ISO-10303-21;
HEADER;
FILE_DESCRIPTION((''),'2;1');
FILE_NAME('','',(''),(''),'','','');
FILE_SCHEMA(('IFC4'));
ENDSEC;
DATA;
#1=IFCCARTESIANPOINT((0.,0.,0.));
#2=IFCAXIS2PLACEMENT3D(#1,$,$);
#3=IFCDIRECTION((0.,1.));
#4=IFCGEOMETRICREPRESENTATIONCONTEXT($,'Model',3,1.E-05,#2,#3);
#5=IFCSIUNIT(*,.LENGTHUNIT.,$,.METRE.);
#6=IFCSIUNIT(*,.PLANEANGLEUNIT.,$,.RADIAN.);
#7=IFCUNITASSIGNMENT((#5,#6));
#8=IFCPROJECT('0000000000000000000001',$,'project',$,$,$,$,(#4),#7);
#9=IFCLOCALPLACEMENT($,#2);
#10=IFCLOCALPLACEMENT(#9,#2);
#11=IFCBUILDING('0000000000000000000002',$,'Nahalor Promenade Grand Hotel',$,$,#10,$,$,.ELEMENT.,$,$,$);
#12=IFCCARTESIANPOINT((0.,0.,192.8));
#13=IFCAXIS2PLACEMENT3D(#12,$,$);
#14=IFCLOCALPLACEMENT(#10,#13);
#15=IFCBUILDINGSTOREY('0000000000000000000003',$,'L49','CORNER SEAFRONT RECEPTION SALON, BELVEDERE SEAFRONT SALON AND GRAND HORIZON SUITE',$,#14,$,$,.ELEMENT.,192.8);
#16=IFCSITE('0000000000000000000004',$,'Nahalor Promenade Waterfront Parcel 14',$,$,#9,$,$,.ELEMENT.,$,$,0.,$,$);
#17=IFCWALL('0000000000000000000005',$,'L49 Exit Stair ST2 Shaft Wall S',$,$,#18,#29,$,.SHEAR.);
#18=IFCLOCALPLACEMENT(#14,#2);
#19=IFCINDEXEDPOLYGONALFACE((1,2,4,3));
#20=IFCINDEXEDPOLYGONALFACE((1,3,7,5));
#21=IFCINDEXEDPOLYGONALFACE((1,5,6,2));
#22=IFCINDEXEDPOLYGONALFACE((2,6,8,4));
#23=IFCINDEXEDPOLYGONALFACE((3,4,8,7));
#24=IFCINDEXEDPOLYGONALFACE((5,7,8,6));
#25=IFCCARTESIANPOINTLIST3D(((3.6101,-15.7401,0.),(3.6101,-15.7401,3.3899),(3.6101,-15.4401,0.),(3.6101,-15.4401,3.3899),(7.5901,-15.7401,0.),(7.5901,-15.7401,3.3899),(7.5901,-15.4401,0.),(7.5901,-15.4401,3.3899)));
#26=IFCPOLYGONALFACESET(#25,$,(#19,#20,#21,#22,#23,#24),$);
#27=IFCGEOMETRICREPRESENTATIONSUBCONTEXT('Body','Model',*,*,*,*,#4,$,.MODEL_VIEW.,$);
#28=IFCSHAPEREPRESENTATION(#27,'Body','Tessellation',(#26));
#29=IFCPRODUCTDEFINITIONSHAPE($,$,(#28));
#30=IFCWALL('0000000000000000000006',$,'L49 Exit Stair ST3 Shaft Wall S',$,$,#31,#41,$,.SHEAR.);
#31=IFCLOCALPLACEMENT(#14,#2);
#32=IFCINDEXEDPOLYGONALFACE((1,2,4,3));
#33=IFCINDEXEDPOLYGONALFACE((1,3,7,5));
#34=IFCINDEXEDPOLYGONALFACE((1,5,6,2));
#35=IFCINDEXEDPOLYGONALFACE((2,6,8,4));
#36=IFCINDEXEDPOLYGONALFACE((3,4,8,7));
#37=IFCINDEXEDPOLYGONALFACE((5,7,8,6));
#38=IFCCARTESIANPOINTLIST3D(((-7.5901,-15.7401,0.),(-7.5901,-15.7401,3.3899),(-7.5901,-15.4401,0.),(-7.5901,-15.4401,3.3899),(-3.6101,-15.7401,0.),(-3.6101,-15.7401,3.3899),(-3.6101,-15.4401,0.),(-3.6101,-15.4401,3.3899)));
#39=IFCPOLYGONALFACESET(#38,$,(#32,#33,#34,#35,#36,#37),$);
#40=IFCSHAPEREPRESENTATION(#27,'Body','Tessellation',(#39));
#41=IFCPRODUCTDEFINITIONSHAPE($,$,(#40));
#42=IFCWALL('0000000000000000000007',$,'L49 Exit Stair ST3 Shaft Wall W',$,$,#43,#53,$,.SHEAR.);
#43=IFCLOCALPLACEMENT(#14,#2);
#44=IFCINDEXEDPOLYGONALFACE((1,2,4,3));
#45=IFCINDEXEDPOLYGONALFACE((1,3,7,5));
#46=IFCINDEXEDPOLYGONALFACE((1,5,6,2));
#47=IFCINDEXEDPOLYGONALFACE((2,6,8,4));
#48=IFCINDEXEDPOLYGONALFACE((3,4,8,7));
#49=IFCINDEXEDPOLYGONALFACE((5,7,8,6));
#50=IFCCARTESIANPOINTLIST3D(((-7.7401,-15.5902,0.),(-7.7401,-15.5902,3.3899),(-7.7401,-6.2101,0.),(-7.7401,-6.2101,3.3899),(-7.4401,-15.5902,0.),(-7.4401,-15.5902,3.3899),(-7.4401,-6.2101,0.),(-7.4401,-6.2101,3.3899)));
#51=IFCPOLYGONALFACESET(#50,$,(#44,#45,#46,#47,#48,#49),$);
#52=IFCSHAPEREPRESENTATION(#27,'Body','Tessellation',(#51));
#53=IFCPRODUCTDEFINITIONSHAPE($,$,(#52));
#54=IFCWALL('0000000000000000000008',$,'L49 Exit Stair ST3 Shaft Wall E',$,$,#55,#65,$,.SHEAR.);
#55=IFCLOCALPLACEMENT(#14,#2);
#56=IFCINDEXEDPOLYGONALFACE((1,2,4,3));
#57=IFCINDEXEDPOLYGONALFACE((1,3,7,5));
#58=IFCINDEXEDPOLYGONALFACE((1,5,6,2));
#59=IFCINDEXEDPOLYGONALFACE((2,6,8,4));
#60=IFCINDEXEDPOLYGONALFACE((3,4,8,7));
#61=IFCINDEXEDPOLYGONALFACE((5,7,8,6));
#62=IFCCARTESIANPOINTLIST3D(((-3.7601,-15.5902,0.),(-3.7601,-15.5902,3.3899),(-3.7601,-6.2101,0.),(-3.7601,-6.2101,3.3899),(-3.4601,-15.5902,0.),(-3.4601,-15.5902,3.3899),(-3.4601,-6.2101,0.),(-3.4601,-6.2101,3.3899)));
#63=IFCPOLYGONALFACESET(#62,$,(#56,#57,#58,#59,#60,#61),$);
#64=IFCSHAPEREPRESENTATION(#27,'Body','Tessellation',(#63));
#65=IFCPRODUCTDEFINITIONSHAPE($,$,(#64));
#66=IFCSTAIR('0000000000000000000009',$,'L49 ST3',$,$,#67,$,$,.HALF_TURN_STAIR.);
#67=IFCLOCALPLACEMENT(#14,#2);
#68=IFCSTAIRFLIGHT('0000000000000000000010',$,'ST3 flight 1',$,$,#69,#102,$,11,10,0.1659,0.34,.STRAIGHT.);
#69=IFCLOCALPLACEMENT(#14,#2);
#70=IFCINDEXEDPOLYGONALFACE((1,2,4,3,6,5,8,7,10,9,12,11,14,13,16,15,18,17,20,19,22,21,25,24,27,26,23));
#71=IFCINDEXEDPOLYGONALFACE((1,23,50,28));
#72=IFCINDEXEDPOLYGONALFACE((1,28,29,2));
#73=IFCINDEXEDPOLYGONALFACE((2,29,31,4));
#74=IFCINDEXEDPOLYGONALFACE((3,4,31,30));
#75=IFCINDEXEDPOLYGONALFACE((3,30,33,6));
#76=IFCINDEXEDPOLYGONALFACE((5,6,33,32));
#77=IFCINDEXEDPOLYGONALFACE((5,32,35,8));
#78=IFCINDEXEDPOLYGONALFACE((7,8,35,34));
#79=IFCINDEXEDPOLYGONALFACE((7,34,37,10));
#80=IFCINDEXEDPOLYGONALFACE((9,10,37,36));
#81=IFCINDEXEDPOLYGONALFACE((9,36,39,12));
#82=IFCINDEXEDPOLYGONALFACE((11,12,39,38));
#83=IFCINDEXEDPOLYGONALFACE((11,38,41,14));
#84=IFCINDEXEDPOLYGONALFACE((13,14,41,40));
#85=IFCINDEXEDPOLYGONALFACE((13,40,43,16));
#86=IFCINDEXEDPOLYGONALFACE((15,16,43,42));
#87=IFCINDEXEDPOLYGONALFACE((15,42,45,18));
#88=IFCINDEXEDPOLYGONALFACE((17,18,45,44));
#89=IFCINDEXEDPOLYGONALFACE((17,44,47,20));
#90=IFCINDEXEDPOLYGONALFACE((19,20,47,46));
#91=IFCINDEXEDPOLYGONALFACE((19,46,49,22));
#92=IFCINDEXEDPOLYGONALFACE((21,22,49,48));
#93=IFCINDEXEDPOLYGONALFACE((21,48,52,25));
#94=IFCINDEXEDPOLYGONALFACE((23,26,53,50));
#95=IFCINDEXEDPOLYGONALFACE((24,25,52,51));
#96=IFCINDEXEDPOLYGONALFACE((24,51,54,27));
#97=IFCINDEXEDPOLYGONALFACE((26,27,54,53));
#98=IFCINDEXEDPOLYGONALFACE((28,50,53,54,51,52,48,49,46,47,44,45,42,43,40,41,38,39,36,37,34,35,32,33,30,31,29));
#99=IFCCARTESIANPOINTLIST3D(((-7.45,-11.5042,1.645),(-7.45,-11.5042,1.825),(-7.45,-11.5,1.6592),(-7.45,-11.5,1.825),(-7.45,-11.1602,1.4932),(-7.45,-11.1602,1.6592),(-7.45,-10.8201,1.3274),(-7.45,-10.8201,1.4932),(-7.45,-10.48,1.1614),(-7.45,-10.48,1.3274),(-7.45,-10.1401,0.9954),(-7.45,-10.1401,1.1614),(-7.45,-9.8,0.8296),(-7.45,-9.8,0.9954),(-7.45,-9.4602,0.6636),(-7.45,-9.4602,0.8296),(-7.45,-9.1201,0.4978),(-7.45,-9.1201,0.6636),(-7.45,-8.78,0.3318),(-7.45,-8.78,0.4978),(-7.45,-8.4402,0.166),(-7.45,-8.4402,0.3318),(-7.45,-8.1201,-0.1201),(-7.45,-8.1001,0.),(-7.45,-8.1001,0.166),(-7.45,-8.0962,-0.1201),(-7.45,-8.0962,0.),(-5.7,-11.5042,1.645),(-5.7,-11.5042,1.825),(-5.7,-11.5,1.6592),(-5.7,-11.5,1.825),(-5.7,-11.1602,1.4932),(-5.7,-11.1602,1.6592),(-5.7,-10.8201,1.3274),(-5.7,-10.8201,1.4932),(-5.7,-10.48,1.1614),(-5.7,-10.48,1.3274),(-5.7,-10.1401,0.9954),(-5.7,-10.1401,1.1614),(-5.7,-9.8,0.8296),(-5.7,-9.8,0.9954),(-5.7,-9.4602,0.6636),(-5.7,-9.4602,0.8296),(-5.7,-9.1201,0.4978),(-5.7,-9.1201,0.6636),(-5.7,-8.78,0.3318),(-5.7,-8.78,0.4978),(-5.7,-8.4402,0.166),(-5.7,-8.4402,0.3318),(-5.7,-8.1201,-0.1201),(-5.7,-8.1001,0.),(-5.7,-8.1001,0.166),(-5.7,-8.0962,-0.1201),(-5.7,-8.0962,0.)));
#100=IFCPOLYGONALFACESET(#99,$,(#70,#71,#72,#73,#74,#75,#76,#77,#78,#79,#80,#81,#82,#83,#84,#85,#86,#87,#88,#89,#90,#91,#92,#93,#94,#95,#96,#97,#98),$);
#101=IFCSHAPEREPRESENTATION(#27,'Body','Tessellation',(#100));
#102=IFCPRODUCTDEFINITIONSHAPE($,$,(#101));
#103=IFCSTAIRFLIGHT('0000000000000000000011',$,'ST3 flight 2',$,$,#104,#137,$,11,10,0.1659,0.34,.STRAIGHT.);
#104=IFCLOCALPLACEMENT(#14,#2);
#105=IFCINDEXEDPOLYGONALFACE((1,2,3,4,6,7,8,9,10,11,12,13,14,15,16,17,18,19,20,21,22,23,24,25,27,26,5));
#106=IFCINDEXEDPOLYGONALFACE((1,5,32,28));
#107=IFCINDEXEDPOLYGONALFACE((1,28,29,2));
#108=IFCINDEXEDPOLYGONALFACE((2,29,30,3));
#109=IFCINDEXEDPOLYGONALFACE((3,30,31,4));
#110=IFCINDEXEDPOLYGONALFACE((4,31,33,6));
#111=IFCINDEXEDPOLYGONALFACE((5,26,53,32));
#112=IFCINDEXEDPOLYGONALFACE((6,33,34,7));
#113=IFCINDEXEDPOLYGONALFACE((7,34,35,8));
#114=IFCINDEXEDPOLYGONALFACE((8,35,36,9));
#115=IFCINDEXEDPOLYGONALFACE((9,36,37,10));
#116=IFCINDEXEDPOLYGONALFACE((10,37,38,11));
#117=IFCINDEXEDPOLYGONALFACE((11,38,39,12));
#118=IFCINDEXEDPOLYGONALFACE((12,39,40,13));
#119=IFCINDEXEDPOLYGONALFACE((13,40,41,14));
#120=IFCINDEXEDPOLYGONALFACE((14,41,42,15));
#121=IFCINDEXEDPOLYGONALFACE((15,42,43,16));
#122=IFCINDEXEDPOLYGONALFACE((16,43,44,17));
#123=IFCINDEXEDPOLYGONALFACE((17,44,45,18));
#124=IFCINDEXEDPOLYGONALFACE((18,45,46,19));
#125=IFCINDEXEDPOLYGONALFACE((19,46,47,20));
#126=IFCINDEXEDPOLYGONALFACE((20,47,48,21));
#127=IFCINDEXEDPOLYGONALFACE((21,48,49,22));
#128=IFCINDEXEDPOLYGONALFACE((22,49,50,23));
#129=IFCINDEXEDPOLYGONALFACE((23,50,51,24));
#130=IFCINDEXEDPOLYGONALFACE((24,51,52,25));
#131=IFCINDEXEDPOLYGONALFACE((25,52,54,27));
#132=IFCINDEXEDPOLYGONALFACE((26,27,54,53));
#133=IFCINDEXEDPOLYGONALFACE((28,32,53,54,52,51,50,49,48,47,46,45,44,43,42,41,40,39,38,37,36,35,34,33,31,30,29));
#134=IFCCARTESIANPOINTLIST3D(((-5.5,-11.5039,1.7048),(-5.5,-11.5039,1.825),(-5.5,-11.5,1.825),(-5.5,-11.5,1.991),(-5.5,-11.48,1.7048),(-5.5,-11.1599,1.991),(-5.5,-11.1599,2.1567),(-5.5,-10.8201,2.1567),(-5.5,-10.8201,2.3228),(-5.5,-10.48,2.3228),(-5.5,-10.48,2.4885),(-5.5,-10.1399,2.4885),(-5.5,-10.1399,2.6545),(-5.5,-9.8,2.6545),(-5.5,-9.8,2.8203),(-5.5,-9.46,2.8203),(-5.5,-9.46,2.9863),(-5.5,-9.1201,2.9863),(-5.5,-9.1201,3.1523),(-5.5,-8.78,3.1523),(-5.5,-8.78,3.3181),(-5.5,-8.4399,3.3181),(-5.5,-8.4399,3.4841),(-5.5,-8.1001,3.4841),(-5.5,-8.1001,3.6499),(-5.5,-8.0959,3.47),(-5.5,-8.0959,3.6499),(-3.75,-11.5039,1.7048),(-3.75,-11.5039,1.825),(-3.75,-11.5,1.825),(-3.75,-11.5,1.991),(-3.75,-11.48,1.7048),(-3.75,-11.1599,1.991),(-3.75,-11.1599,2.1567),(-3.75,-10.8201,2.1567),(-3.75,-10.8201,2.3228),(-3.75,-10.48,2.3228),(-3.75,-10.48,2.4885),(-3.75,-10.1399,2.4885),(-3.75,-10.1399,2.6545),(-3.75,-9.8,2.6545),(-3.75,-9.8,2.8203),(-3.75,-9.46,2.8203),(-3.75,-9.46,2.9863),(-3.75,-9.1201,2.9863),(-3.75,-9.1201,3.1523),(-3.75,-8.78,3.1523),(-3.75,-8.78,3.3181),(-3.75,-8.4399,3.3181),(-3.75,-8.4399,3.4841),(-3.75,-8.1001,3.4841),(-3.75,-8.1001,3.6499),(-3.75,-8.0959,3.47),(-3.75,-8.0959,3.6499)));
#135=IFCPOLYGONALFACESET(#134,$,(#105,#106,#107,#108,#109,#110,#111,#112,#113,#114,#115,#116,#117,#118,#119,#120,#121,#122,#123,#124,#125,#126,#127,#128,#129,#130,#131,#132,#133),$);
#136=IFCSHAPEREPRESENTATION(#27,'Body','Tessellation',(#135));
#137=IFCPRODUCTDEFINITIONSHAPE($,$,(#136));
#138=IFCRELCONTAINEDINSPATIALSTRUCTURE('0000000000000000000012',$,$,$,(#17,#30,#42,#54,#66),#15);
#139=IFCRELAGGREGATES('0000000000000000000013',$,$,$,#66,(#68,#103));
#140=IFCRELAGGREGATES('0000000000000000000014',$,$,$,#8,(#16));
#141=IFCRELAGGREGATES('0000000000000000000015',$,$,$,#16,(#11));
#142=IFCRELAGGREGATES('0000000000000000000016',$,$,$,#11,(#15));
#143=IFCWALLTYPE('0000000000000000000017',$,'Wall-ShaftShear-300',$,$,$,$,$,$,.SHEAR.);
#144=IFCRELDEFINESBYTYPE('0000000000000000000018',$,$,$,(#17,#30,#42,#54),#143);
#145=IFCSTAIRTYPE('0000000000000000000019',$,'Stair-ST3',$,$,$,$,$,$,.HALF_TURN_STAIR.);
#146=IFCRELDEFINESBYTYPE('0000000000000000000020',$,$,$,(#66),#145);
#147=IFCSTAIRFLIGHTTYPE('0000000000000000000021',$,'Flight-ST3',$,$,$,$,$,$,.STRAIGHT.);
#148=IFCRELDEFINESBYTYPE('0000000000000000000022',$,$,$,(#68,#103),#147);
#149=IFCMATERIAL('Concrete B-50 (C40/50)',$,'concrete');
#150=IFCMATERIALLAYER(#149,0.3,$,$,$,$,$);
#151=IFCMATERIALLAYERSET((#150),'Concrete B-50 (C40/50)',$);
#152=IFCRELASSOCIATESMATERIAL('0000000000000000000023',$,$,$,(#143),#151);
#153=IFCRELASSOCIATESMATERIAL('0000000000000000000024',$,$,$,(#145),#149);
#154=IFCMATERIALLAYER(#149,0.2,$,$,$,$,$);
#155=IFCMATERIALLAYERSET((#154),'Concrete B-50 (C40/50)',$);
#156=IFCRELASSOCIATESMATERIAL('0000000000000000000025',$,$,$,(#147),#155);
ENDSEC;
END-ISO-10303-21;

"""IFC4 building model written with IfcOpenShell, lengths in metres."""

from ifc_helpers import new_model, si_unit, direction, frame, frame_2d, origin, place, context, subcontext, project, spatial, polyline, rectangle, outline, extrude, source, transform, mapped, material, layer, layer_set, type_object, element, aggregate, save


model = new_model("IFC4")

# Units and contexts
model_context = context("Model", 3, precision=1e-05, world=origin(), true_north=direction((0.0, 1.0)))
body_context = subcontext(model_context, "Body", "Model", "MODEL_VIEW")
ifc_project = project(units=[si_unit("LENGTHUNIT", "METRE"), si_unit("PLANEANGLEUNIT", "RADIAN")], contexts=[model_context])

# Site, building, storey
site_placement = place(None, origin())
site = spatial("IfcSite", under=ifc_project, at=site_placement, Name="Nahalor Promenade Waterfront Parcel 14", CompositionType="ELEMENT", RefElevation=0.0)
building_placement = place(site_placement, origin())
building = spatial("IfcBuilding", under=site, at=building_placement, Name="Nahalor Promenade Grand Hotel", CompositionType="ELEMENT")
storey_placement = place(building_placement, frame((0.0, 0.0, 192.8)))
storey = spatial("IfcBuildingStorey", under=building, at=storey_placement, Name="L49", Description="CORNER SEAFRONT RECEPTION SALON, BELVEDERE SEAFRONT SALON AND GRAND HORIZON SUITE", CompositionType="ELEMENT", Elevation=192.8)

# Walls
ifc_material_1 = material(Name="Concrete B-50 (C40/50)", Category="concrete")
ifc_layer_1 = layer(ifc_material_1, 0.3)
ifc_layer_set_1 = layer_set([ifc_layer_1], Name="Concrete B-50 (C40/50)")
wall_type = type_object("IfcWallType", Name="Wall-ShaftShear-300", PredefinedType="SHEAR", material=ifc_layer_set_1)
shared_shape_1 = source(origin(), body_context, "Body", "SweptSolid", [
    extrude(rectangle(XDim=3.98, YDim=0.3, at=frame_2d((1.99, 0.0))), origin(), (0.0, 0.0, 1.0), 3.3899),
])
for number, where, z_axis, x_axis, name in (
    (1, (3.6101, -15.5901, 0.0), (0.0, 0.0, 1.0), (1.0, 0.0, 0.0), "L49 Exit Stair ST2 Shaft Wall S"),
    (2, (-7.5901, -15.5901, 0.0), (0.0, 0.0, 1.0), (1.0, 0.0, 0.0), "L49 Exit Stair ST3 Shaft Wall S"),
):
    element("IfcWall", number, at=place(storey_placement, frame(where, z_axis=z_axis, x_axis=x_axis)), inside=storey, type_object=wall_type, Name=name, PredefinedType="SHEAR", context=body_context, shape_type="MappedRepresentation", body=[
        mapped(shared_shape_1, transform((0.0, 0.0, 0.0), scale=1.0)),
    ])

# Walls
shared_shape_2 = source(origin(), body_context, "Body", "SweptSolid", [
    extrude(rectangle(XDim=9.3801, YDim=0.3, at=frame_2d((4.6899, 0.0))), origin(), (0.0, 0.0, 1.0), 3.3899),
])
for number, where, z_axis, x_axis, name in (
    (3, (-7.5901, -15.5901, 0.0), (0.0, 0.0, 1.0), (0.0, 1.0, 0.0), "L49 Exit Stair ST3 Shaft Wall W"),
    (4, (-3.6101, -15.5901, 0.0), (0.0, 0.0, 1.0), (0.0, 1.0, 0.0), "L49 Exit Stair ST3 Shaft Wall E"),
):
    element("IfcWall", number, at=place(storey_placement, frame(where, z_axis=z_axis, x_axis=x_axis)), inside=storey, type_object=wall_type, Name=name, PredefinedType="SHEAR", context=body_context, shape_type="MappedRepresentation", body=[
        mapped(shared_shape_2, transform((0.0, 0.0, 0.0), scale=1.0)),
    ])

# Stair, stair flights
stair_type = type_object("IfcStairType", Name="Stair-ST3", PredefinedType="HALF_TURN_STAIR", material=ifc_material_1)
stair_placement = place(storey_placement, origin())
stair = element("IfcStair", 5, at=stair_placement, inside=storey, type_object=stair_type, Name="L49 ST3", PredefinedType="HALF_TURN_STAIR")
ifc_layer_2 = layer(ifc_material_1, 0.2)
ifc_layer_set_2 = layer_set([ifc_layer_2], Name="Concrete B-50 (C40/50)")
stair_flight_type = type_object("IfcStairFlightType", Name="Flight-ST3", PredefinedType="STRAIGHT", material=ifc_layer_set_2)
shared_shape_3 = source(origin(), body_context, "Body", "SweptSolid", [
    extrude(outline(polyline([(-0.0039, -0.1201), (-0.0039, 0.0), (0.0, 0.0), (0.0, 0.166), (0.3401, 0.166), (0.3401, 0.3318), (0.6799, 0.3318), (0.6799, 0.4978), (1.02, 0.4978), (1.02, 0.6636), (1.3601, 0.6636), (1.3601, 0.8296), (1.7, 0.8296), (1.7, 0.9954), (2.04, 0.9954), (2.04, 1.1614), (2.3799, 1.1614), (2.3799, 1.3274), (2.72, 1.3274), (2.72, 1.4932), (3.0601, 1.4932), (3.0601, 1.6592), (3.3999, 1.6592), (3.3999, 1.825), (3.4041, 1.825), (3.4041, 1.645), (0.02, -0.1201), (-0.0039, -0.1201)])), frame((0.0, 0.875, 0.0), z_axis=(0.0, -1.0, 0.0), x_axis=(1.0, 0.0, 0.0)), (0.0, 0.0, 1.0), 1.75),
])
stair_flight_1_placement = place(storey_placement, frame((-6.575, -8.1001, 0.0), z_axis=(0.0, 0.0, 1.0), x_axis=(0.0, -1.0, 0.0)))
stair_flight_1 = element("IfcStairFlight", 6, at=stair_flight_1_placement, type_object=stair_flight_type, Name="ST3 flight 1", NumberOfRisers=11, NumberOfTreads=10, PredefinedType="STRAIGHT", RiserHeight=0.1659, TreadLength=0.34, context=body_context, shape_type="MappedRepresentation", body=[
    mapped(shared_shape_3, transform((0.0, 0.0, 0.0), scale=1.0)),
])
stair_flight_2_placement = place(storey_placement, frame((-4.625, -11.5, 1.825), z_axis=(0.0, 0.0, 1.0), x_axis=(0.0, 1.0, 0.0)))
stair_flight_2 = element("IfcStairFlight", 7, at=stair_flight_2_placement, type_object=stair_flight_type, Name="ST3 flight 2", NumberOfRisers=11, NumberOfTreads=10, PredefinedType="STRAIGHT", RiserHeight=0.1659, TreadLength=0.34, context=body_context, shape_type="MappedRepresentation", body=[
    mapped(shared_shape_3, transform((0.0, 0.0, 0.0), scale=1.0)),
])
aggregate(stair, [stair_flight_1, stair_flight_2])

save(model, "model.ifc")
